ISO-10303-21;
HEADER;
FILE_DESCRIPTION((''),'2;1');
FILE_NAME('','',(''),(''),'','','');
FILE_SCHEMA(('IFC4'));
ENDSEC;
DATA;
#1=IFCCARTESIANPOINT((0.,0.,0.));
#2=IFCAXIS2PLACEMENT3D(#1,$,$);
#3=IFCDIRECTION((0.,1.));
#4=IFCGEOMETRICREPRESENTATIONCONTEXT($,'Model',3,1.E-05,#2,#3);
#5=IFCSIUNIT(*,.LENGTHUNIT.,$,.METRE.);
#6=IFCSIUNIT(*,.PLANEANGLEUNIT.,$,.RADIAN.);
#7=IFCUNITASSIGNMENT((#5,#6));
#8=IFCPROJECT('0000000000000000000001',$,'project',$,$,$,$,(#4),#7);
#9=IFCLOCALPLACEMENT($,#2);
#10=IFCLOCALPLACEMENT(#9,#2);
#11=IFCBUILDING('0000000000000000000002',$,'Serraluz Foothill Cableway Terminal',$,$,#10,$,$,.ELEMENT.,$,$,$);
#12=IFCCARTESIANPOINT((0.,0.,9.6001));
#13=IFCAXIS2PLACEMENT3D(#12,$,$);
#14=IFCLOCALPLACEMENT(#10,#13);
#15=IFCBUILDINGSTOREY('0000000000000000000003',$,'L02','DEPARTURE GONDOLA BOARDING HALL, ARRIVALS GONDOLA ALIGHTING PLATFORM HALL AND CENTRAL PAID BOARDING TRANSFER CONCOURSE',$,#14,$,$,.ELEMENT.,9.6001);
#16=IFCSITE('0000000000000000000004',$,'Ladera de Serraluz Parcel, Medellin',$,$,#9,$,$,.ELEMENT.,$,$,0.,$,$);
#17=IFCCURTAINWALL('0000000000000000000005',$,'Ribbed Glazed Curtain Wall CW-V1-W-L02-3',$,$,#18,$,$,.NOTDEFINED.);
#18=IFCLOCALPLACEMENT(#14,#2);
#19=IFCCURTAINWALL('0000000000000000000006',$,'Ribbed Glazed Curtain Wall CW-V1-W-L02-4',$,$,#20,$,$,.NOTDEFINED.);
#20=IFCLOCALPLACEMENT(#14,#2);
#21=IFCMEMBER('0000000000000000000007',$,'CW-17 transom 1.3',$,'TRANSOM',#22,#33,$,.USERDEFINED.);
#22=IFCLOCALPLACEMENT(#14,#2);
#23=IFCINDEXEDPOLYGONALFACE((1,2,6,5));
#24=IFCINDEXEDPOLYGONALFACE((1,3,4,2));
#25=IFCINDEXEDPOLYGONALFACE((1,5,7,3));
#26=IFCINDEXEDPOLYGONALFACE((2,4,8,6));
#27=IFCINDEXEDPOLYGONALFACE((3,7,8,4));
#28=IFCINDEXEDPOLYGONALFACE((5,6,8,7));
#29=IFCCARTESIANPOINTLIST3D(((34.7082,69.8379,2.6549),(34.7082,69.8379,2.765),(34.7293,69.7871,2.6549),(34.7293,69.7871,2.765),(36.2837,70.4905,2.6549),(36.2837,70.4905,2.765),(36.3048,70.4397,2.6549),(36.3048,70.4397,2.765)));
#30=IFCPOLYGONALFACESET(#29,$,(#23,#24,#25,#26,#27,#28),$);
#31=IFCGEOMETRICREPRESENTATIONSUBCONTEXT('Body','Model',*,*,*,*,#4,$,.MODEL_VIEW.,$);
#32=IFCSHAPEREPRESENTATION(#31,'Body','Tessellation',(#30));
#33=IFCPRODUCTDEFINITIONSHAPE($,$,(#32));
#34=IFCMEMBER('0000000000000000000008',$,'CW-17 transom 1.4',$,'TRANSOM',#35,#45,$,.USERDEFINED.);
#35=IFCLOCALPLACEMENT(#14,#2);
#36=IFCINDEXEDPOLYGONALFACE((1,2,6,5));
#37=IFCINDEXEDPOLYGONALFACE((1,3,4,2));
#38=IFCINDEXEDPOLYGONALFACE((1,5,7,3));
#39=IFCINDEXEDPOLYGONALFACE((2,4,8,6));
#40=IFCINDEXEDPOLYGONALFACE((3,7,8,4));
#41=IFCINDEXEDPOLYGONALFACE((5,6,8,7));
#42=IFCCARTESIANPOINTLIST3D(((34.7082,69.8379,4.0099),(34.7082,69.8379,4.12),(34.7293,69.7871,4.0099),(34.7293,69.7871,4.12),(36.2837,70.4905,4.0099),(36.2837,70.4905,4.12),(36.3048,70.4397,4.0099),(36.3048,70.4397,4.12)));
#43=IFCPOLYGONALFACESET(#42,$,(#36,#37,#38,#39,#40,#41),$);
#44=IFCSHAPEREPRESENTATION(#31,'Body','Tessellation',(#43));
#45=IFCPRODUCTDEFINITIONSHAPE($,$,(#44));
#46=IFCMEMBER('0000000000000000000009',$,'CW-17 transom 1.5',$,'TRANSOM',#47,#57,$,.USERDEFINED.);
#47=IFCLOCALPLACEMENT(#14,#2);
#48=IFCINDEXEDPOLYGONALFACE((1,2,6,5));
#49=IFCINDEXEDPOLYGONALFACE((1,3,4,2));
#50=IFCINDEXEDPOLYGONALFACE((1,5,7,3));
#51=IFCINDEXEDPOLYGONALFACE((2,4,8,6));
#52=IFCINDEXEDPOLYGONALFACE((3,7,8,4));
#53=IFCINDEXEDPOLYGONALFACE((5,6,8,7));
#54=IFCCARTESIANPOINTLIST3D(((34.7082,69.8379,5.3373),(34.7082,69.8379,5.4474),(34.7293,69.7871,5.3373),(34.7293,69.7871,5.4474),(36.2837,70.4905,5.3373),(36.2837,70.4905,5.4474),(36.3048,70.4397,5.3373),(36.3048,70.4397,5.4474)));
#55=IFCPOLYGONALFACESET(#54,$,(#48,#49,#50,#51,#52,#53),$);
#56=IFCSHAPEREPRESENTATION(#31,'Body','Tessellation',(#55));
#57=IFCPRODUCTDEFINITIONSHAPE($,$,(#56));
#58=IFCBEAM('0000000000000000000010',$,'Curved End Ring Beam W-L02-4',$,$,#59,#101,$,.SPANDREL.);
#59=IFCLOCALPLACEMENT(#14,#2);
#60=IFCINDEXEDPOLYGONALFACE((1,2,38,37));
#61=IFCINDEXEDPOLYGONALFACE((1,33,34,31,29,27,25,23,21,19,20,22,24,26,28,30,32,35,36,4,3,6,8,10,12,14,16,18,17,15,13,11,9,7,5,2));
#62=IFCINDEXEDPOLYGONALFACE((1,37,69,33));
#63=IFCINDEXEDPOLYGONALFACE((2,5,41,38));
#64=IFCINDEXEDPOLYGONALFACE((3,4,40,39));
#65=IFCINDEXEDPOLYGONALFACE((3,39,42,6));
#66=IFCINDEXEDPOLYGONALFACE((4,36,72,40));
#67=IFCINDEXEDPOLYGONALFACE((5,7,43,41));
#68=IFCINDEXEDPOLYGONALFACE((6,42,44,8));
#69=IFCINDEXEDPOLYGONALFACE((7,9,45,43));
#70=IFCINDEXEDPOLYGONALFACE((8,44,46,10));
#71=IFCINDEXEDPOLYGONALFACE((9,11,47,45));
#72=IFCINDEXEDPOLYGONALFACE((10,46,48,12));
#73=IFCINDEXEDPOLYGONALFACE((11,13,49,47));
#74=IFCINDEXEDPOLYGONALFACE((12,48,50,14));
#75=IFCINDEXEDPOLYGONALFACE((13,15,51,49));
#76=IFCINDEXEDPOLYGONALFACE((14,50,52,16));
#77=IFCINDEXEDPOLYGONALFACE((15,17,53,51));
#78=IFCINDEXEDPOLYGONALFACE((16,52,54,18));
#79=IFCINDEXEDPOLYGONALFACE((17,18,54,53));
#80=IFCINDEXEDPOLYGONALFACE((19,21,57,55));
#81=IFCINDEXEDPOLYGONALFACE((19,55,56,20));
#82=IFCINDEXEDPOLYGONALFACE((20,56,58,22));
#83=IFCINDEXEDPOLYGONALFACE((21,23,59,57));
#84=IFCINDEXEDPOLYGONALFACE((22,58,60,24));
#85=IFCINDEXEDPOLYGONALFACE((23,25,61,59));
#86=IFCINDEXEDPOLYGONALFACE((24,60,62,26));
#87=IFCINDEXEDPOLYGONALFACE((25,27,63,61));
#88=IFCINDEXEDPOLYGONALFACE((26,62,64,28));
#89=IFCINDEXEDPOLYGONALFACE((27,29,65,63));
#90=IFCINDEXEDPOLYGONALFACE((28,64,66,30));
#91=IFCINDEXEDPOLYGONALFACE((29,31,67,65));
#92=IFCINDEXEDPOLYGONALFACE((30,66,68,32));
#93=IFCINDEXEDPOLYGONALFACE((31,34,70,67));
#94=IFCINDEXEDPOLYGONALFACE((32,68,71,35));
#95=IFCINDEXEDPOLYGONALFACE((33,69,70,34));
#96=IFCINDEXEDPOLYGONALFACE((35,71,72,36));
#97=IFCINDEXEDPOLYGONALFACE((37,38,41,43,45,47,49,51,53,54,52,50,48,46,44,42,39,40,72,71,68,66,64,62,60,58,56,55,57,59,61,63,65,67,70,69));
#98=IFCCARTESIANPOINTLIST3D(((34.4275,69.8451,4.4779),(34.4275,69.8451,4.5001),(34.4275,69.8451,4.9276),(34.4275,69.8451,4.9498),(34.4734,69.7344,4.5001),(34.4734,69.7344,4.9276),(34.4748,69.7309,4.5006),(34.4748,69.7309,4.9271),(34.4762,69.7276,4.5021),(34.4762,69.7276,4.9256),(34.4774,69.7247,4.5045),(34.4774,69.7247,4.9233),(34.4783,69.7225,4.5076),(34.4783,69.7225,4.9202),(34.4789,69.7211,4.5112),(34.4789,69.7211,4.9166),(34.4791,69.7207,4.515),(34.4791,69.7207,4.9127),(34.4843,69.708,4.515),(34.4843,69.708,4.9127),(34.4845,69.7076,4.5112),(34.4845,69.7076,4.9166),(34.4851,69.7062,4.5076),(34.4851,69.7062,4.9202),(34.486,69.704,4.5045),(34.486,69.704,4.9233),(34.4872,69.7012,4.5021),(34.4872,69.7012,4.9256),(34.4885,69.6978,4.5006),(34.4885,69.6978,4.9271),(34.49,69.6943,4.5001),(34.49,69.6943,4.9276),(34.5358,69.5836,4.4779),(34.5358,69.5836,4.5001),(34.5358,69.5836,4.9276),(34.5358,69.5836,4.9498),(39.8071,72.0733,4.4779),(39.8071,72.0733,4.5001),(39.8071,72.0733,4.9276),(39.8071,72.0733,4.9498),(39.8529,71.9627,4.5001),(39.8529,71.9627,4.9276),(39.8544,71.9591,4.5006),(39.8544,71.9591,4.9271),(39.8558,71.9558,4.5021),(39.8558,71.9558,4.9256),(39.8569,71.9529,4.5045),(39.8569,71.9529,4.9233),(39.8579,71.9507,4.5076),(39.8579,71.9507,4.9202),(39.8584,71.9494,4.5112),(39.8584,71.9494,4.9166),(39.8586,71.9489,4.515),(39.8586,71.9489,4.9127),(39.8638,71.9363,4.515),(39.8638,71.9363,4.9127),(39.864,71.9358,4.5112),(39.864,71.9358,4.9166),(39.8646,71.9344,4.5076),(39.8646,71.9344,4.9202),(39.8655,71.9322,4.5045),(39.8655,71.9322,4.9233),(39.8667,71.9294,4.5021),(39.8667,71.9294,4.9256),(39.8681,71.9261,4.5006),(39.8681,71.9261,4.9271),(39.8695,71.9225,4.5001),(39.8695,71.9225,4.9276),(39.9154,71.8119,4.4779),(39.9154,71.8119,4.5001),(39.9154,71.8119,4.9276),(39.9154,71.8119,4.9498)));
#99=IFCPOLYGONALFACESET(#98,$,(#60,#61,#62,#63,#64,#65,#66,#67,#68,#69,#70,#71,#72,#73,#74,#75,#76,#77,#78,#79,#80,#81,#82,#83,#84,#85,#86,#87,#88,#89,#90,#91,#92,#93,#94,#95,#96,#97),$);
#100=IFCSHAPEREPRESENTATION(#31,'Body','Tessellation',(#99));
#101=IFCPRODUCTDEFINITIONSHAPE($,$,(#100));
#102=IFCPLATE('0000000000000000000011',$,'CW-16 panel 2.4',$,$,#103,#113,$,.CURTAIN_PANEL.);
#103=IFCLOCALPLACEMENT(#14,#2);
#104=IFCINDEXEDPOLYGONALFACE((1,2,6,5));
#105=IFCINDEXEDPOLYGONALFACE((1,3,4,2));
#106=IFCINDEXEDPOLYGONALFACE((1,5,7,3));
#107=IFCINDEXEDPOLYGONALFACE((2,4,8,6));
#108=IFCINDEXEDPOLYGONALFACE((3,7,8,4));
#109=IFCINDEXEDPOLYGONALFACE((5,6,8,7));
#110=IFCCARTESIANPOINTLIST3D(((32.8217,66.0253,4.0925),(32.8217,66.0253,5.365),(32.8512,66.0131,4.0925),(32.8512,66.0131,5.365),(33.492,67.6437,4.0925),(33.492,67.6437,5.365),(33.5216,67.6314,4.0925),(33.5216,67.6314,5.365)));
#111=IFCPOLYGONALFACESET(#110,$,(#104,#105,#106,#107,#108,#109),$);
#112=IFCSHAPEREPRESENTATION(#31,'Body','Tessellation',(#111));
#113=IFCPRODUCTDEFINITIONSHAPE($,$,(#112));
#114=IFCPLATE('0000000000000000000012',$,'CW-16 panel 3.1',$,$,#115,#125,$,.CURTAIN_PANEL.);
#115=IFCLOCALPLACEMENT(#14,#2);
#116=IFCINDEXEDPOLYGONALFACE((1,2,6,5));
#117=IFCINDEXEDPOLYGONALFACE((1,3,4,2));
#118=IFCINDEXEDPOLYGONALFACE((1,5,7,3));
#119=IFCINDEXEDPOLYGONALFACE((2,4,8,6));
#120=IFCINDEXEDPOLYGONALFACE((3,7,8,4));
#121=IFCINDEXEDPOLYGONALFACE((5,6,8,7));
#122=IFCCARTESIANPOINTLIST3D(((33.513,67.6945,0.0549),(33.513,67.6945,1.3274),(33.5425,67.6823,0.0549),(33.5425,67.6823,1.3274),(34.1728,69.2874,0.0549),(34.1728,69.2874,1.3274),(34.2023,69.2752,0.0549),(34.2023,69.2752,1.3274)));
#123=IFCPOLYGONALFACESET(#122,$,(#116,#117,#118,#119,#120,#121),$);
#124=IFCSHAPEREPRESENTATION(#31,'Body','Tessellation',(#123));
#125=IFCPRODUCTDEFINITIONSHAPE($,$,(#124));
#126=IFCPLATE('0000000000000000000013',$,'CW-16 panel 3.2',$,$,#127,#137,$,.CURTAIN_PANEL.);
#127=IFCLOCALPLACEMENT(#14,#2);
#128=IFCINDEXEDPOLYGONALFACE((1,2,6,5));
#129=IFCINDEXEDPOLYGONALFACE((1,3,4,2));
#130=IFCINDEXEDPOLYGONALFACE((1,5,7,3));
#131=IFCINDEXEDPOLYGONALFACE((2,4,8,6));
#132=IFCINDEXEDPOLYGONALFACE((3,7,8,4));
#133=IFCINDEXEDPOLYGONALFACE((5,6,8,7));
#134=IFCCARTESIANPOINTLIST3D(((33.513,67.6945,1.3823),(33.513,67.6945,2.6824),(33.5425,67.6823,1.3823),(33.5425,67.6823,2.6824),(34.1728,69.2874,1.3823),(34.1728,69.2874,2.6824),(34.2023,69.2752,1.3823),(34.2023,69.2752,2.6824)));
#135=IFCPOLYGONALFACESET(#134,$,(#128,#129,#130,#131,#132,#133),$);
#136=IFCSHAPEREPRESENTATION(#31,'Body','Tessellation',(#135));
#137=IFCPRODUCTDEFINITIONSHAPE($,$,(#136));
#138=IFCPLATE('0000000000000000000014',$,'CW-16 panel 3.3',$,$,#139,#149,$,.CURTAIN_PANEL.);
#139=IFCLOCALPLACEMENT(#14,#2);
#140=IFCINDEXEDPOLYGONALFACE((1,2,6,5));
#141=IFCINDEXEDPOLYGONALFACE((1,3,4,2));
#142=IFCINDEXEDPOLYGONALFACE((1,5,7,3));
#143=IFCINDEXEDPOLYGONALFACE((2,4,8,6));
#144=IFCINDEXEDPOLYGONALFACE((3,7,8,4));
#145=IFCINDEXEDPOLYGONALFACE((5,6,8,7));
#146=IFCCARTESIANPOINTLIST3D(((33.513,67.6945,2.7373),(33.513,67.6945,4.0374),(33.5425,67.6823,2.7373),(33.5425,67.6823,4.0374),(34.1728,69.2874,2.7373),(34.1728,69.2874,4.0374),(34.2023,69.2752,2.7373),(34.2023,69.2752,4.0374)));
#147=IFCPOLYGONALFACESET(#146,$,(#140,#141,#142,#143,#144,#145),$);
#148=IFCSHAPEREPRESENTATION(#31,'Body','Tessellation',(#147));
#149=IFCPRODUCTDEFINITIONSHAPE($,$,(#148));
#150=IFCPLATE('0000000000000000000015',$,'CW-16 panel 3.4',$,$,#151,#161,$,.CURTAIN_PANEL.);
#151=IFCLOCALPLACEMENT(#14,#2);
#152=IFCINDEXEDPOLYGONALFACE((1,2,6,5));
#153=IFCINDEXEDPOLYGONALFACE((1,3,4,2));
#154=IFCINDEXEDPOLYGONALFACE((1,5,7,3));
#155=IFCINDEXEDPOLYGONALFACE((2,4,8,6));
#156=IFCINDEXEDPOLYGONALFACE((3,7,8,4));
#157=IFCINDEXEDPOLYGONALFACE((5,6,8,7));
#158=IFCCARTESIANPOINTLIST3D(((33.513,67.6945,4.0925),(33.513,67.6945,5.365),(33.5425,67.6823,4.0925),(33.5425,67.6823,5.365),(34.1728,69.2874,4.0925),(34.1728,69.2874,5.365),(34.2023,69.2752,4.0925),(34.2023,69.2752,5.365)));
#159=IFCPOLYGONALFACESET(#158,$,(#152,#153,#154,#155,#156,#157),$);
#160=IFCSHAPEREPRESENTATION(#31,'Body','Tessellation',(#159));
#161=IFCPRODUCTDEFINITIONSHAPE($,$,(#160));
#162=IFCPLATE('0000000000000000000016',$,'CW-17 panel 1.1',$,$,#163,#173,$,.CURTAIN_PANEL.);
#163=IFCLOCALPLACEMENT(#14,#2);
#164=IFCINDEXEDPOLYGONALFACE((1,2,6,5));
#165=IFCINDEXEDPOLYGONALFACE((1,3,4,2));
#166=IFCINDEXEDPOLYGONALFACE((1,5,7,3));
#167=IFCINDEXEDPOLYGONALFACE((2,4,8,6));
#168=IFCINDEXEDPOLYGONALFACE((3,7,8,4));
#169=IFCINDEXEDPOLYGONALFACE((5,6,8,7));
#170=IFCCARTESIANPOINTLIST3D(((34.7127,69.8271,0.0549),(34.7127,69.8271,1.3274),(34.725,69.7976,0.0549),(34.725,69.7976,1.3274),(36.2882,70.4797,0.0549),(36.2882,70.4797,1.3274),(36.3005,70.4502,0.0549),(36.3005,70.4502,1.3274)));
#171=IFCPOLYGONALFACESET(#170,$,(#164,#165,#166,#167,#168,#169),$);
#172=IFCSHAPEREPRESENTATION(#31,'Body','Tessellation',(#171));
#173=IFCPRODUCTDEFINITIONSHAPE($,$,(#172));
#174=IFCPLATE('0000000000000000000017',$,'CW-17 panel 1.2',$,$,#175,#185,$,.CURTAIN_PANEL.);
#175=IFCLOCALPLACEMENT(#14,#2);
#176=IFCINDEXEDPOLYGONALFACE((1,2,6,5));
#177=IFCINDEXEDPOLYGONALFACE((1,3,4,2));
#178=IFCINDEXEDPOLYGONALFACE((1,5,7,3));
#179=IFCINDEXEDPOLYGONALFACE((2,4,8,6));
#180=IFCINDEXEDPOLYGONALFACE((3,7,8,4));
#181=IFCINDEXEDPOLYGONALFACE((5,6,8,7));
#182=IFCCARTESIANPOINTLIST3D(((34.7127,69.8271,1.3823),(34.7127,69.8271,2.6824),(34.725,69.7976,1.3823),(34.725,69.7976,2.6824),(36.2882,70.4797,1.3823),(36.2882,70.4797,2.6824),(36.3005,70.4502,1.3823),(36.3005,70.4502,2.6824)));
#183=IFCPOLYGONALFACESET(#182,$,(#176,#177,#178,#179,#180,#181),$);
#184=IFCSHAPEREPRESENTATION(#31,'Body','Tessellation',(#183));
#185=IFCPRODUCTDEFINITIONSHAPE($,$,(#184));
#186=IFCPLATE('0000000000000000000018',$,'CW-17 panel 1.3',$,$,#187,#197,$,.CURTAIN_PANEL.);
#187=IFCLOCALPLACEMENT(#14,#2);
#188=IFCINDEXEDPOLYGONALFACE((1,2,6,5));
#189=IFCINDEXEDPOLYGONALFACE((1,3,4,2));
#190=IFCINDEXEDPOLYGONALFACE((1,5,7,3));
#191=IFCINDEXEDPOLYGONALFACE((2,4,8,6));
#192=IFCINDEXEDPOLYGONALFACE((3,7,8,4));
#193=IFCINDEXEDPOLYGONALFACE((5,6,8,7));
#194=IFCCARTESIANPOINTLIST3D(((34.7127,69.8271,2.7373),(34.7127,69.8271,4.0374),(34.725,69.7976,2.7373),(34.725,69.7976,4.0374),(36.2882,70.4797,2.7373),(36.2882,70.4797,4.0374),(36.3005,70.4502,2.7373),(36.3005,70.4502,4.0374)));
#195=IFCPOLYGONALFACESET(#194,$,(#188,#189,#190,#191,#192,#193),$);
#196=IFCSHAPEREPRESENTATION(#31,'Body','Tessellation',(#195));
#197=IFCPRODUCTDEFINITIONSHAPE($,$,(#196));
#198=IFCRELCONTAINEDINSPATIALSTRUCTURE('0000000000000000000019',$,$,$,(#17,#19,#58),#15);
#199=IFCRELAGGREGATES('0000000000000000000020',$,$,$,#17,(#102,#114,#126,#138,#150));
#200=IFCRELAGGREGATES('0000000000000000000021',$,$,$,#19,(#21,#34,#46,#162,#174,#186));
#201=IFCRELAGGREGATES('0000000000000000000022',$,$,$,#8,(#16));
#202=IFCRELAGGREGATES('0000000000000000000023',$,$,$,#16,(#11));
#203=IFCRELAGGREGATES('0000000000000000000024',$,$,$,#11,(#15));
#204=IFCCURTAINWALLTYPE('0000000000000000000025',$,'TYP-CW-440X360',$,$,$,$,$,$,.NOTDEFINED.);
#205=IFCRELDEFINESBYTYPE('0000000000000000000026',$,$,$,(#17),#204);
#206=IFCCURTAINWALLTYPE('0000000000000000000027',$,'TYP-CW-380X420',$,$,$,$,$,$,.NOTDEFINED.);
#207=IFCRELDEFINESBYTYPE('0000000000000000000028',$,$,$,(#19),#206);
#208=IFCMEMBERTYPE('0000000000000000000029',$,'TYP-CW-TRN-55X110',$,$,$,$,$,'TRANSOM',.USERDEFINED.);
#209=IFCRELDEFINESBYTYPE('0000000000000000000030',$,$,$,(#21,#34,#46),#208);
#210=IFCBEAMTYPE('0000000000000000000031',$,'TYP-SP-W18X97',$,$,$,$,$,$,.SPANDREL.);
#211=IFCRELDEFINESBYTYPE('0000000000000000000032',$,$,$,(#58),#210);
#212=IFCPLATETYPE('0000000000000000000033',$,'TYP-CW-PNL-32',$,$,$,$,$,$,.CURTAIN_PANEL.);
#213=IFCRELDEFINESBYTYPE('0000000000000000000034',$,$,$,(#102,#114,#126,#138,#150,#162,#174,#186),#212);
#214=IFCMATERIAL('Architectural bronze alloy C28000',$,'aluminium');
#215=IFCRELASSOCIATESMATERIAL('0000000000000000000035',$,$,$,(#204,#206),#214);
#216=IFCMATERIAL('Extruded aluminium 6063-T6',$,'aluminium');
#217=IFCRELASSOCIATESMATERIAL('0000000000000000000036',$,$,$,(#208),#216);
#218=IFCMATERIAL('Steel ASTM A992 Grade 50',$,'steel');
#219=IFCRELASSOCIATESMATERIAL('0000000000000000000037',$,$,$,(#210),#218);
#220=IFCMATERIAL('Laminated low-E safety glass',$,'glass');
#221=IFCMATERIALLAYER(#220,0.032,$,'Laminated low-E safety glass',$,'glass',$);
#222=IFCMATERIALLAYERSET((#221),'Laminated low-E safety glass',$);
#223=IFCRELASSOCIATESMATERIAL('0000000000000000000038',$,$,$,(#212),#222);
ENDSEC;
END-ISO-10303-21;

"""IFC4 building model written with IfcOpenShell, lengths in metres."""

from ifc_helpers import new_model, si_unit, direction, frame, origin, origin_2d, place, context, subcontext, project, spatial, rectangle, i_section, extrude, material, layer, layer_set, material_profile, profile_set, type_object, element, aggregate, save


model = new_model("IFC4")

# Units and contexts
model_context = context("Model", 3, precision=1e-05, world=origin(), true_north=direction((0.0, 1.0)))
body_context = subcontext(model_context, "Body", "Model", "MODEL_VIEW")
ifc_project = project(units=[si_unit("LENGTHUNIT", "METRE"), si_unit("PLANEANGLEUNIT", "RADIAN")], contexts=[model_context])

# Site, building, storey
site_placement = place(None, origin())
site = spatial("IfcSite", under=ifc_project, at=site_placement, Name="Ladera de Serraluz Parcel, Medellin", CompositionType="ELEMENT", RefElevation=0.0)
building_placement = place(site_placement, origin())
building = spatial("IfcBuilding", under=site, at=building_placement, Name="Serraluz Foothill Cableway Terminal", CompositionType="ELEMENT")
storey_placement = place(building_placement, frame((0.0, 0.0, 9.6001)))
storey = spatial("IfcBuildingStorey", under=building, at=storey_placement, Name="L02", Description="DEPARTURE GONDOLA BOARDING HALL, ARRIVALS GONDOLA ALIGHTING PLATFORM HALL AND CENTRAL PAID BOARDING TRANSFER CONCOURSE", CompositionType="ELEMENT", Elevation=9.6001)

# Curtain wall
ifc_material_1 = material(Name="Architectural bronze alloy C28000", Category="aluminium")
curtain_wall_type_1 = type_object("IfcCurtainWallType", Name="TYP-CW-440X360", PredefinedType="NOTDEFINED", material=ifc_material_1)
curtain_wall_1_placement = place(storey_placement, origin())
curtain_wall_1 = element("IfcCurtainWall", 1, at=curtain_wall_1_placement, inside=storey, type_object=curtain_wall_type_1, Name="Ribbed Glazed Curtain Wall CW-V1-W-L02-3", PredefinedType="NOTDEFINED")
ifc_material_2 = material(Name="Extruded aluminium 6063-T6", Category="aluminium")

# Curtain wall
curtain_wall_type_2 = type_object("IfcCurtainWallType", Name="TYP-CW-380X420", PredefinedType="NOTDEFINED", material=ifc_material_1)
curtain_wall_2_placement = place(storey_placement, origin())
curtain_wall_2 = element("IfcCurtainWall", 2, at=curtain_wall_2_placement, inside=storey, type_object=curtain_wall_type_2, Name="Ribbed Glazed Curtain Wall CW-V1-W-L02-4", PredefinedType="NOTDEFINED")

# Members
ifc_material_profile_1 = material_profile(ifc_material_2, rectangle(XDim=0.0549, YDim=0.1101, at=origin_2d()), Name="ALU TRANSOM 55x110")
ifc_profile_set_1 = profile_set([ifc_material_profile_1], Name="Extruded aluminium 6063-T6")
member_type_1 = type_object("IfcMemberType", Name="TYP-CW-TRN-55X110", ElementType="TRANSOM", PredefinedType="USERDEFINED", material=ifc_profile_set_1)
member_1_placement = place(storey_placement, frame((34.7188, 69.8125, 2.71), z_axis=(0.923875, 0.382693, 0.0), x_axis=(-0.382693, 0.923875, 0.0)))
member_1 = element("IfcMember", 3, at=member_1_placement, type_object=member_type_1, Name="CW-17 transom 1.3", ObjectType="TRANSOM", PredefinedType="USERDEFINED", context=body_context, shape_type="SweptSolid", body=[
    extrude(rectangle(XDim=0.0549, YDim=0.1101, at=origin_2d()), origin(), (0.0, 0.0, 1.0), 1.7053),
])
member_2_placement = place(storey_placement, frame((34.7188, 69.8125, 4.0649), z_axis=(0.923875, 0.382693, 0.0), x_axis=(-0.382693, 0.923875, 0.0)))
member_2 = element("IfcMember", 4, at=member_2_placement, type_object=member_type_1, Name="CW-17 transom 1.4", ObjectType="TRANSOM", PredefinedType="USERDEFINED", context=body_context, shape_type="SweptSolid", body=[
    extrude(rectangle(XDim=0.0549, YDim=0.1101, at=origin_2d()), origin(), (0.0, 0.0, 1.0), 1.7053),
])
member_3_placement = place(storey_placement, frame((34.7188, 69.8125, 5.3923), z_axis=(0.923875, 0.382693, 0.0), x_axis=(-0.382693, 0.923875, 0.0)))
member_3 = element("IfcMember", 5, at=member_3_placement, type_object=member_type_1, Name="CW-17 transom 1.5", ObjectType="TRANSOM", PredefinedType="USERDEFINED", context=body_context, shape_type="SweptSolid", body=[
    extrude(rectangle(XDim=0.0549, YDim=0.1101, at=origin_2d()), origin(), (0.0, 0.0, 1.0), 1.7053),
])

# Beam
ifc_material_3 = material(Name="Steel ASTM A992 Grade 50", Category="steel")
ifc_material_profile_2 = material_profile(ifc_material_3, i_section(OverallWidth=0.283, OverallDepth=0.4719, WebThickness=0.0137, FlangeThickness=0.0222, FilletRadius=0.0149, at=origin_2d()), Name="W18X97")
ifc_profile_set_2 = profile_set([ifc_material_profile_2], Name="Steel ASTM A992 Grade 50")
beam_type = type_object("IfcBeamType", Name="TYP-SP-W18X97", PredefinedType="SPANDREL", material=ifc_profile_set_2)
beam_placement = place(storey_placement, frame((34.4817, 69.7144, 4.7139), z_axis=(0.923882, 0.382676, 0.0), x_axis=(-0.382676, 0.923882, 0.0)))
element("IfcBeam", 6, at=beam_placement, inside=storey, type_object=beam_type, Name="Curved End Ring Beam W-L02-4", PredefinedType="SPANDREL", context=body_context, shape_type="SweptSolid", body=[
    extrude(i_section(OverallWidth=0.283, OverallDepth=0.4719, WebThickness=0.0137, FlangeThickness=0.0222, FilletRadius=0.0149, at=origin_2d()), origin(), (0.0, 0.0, 1.0), 5.8228),
])

# Plates
ifc_material_4 = material(Name="Laminated low-E safety glass", Category="glass")
ifc_layer_1 = layer(ifc_material_4, 0.032, Name="Laminated low-E safety glass", Category="glass")
ifc_layer_set_1 = layer_set([ifc_layer_1], Name="Laminated low-E safety glass")
plate_type_1 = type_object("IfcPlateType", Name="TYP-CW-PNL-32", PredefinedType="CURTAIN_PANEL", material=ifc_layer_set_1)
plate_1_placement = place(storey_placement, frame((33.1716, 66.8284, 4.0925), z_axis=(0.0, 0.0, 1.0), x_axis=(0.382685, 0.923879, 0.0)))
plate_1 = element("IfcPlate", 7, at=plate_1_placement, type_object=plate_type_1, Name="CW-16 panel 2.4", PredefinedType="CURTAIN_PANEL", context=body_context, shape_type="SweptSolid", body=[
    extrude(rectangle(XDim=1.7517, YDim=0.032, at=origin_2d()), origin(), (0.0, 0.0, 1.0), 1.2725),
])
plate_2_placement = place(storey_placement, frame((33.8577, 68.4849, 0.0549), z_axis=(0.0, 0.0, 1.0), x_axis=(0.382685, 0.923879, 0.0)))
plate_2 = element("IfcPlate", 8, at=plate_2_placement, type_object=plate_type_1, Name="CW-16 panel 3.1", PredefinedType="CURTAIN_PANEL", context=body_context, shape_type="SweptSolid", body=[
    extrude(rectangle(XDim=1.7241, YDim=0.032, at=origin_2d()), origin(), (0.0, 0.0, 1.0), 1.2725),
])
plate_3_placement = place(storey_placement, frame((33.8577, 68.4849, 1.3823), z_axis=(0.0, 0.0, 1.0), x_axis=(0.382685, 0.923879, 0.0)))
plate_3 = element("IfcPlate", 9, at=plate_3_placement, type_object=plate_type_1, Name="CW-16 panel 3.2", PredefinedType="CURTAIN_PANEL", context=body_context, shape_type="SweptSolid", body=[
    extrude(rectangle(XDim=1.7241, YDim=0.032, at=origin_2d()), origin(), (0.0, 0.0, 1.0), 1.3),
])
plate_4_placement = place(storey_placement, frame((33.8577, 68.4849, 2.7373), z_axis=(0.0, 0.0, 1.0), x_axis=(0.382685, 0.923879, 0.0)))
plate_4 = element("IfcPlate", 10, at=plate_4_placement, type_object=plate_type_1, Name="CW-16 panel 3.3", PredefinedType="CURTAIN_PANEL", context=body_context, shape_type="SweptSolid", body=[
    extrude(rectangle(XDim=1.7241, YDim=0.032, at=origin_2d()), origin(), (0.0, 0.0, 1.0), 1.3),
])
plate_5_placement = place(storey_placement, frame((33.8577, 68.4849, 4.0925), z_axis=(0.0, 0.0, 1.0), x_axis=(0.382685, 0.923879, 0.0)))
plate_5 = element("IfcPlate", 11, at=plate_5_placement, type_object=plate_type_1, Name="CW-16 panel 3.4", PredefinedType="CURTAIN_PANEL", context=body_context, shape_type="SweptSolid", body=[
    extrude(rectangle(XDim=1.7241, YDim=0.032, at=origin_2d()), origin(), (0.0, 0.0, 1.0), 1.2725),
])
aggregate(curtain_wall_1, [plate_1, plate_2, plate_3, plate_4, plate_5])
plate_6_placement = place(storey_placement, frame((35.5066, 70.1387, 0.0549), z_axis=(0.0, 0.0, 1.0), x_axis=(0.92388, 0.382682, 0.0)))
plate_6 = element("IfcPlate", 12, at=plate_6_placement, type_object=plate_type_1, Name="CW-17 panel 1.1", PredefinedType="CURTAIN_PANEL", context=body_context, shape_type="SweptSolid", body=[
    extrude(rectangle(XDim=1.7053, YDim=0.032, at=origin_2d()), origin(), (0.0, 0.0, 1.0), 1.2725),
])
plate_7_placement = place(storey_placement, frame((35.5066, 70.1387, 1.3823), z_axis=(0.0, 0.0, 1.0), x_axis=(0.92388, 0.382682, 0.0)))
plate_7 = element("IfcPlate", 13, at=plate_7_placement, type_object=plate_type_1, Name="CW-17 panel 1.2", PredefinedType="CURTAIN_PANEL", context=body_context, shape_type="SweptSolid", body=[
    extrude(rectangle(XDim=1.7053, YDim=0.032, at=origin_2d()), origin(), (0.0, 0.0, 1.0), 1.3),
])
plate_8_placement = place(storey_placement, frame((35.5066, 70.1387, 2.7373), z_axis=(0.0, 0.0, 1.0), x_axis=(0.92388, 0.382682, 0.0)))
plate_8 = element("IfcPlate", 14, at=plate_8_placement, type_object=plate_type_1, Name="CW-17 panel 1.3", PredefinedType="CURTAIN_PANEL", context=body_context, shape_type="SweptSolid", body=[
    extrude(rectangle(XDim=1.7053, YDim=0.032, at=origin_2d()), origin(), (0.0, 0.0, 1.0), 1.3),
])
aggregate(curtain_wall_2, [member_1, member_2, member_3, plate_6, plate_7, plate_8])

save(model, "model.ifc")
